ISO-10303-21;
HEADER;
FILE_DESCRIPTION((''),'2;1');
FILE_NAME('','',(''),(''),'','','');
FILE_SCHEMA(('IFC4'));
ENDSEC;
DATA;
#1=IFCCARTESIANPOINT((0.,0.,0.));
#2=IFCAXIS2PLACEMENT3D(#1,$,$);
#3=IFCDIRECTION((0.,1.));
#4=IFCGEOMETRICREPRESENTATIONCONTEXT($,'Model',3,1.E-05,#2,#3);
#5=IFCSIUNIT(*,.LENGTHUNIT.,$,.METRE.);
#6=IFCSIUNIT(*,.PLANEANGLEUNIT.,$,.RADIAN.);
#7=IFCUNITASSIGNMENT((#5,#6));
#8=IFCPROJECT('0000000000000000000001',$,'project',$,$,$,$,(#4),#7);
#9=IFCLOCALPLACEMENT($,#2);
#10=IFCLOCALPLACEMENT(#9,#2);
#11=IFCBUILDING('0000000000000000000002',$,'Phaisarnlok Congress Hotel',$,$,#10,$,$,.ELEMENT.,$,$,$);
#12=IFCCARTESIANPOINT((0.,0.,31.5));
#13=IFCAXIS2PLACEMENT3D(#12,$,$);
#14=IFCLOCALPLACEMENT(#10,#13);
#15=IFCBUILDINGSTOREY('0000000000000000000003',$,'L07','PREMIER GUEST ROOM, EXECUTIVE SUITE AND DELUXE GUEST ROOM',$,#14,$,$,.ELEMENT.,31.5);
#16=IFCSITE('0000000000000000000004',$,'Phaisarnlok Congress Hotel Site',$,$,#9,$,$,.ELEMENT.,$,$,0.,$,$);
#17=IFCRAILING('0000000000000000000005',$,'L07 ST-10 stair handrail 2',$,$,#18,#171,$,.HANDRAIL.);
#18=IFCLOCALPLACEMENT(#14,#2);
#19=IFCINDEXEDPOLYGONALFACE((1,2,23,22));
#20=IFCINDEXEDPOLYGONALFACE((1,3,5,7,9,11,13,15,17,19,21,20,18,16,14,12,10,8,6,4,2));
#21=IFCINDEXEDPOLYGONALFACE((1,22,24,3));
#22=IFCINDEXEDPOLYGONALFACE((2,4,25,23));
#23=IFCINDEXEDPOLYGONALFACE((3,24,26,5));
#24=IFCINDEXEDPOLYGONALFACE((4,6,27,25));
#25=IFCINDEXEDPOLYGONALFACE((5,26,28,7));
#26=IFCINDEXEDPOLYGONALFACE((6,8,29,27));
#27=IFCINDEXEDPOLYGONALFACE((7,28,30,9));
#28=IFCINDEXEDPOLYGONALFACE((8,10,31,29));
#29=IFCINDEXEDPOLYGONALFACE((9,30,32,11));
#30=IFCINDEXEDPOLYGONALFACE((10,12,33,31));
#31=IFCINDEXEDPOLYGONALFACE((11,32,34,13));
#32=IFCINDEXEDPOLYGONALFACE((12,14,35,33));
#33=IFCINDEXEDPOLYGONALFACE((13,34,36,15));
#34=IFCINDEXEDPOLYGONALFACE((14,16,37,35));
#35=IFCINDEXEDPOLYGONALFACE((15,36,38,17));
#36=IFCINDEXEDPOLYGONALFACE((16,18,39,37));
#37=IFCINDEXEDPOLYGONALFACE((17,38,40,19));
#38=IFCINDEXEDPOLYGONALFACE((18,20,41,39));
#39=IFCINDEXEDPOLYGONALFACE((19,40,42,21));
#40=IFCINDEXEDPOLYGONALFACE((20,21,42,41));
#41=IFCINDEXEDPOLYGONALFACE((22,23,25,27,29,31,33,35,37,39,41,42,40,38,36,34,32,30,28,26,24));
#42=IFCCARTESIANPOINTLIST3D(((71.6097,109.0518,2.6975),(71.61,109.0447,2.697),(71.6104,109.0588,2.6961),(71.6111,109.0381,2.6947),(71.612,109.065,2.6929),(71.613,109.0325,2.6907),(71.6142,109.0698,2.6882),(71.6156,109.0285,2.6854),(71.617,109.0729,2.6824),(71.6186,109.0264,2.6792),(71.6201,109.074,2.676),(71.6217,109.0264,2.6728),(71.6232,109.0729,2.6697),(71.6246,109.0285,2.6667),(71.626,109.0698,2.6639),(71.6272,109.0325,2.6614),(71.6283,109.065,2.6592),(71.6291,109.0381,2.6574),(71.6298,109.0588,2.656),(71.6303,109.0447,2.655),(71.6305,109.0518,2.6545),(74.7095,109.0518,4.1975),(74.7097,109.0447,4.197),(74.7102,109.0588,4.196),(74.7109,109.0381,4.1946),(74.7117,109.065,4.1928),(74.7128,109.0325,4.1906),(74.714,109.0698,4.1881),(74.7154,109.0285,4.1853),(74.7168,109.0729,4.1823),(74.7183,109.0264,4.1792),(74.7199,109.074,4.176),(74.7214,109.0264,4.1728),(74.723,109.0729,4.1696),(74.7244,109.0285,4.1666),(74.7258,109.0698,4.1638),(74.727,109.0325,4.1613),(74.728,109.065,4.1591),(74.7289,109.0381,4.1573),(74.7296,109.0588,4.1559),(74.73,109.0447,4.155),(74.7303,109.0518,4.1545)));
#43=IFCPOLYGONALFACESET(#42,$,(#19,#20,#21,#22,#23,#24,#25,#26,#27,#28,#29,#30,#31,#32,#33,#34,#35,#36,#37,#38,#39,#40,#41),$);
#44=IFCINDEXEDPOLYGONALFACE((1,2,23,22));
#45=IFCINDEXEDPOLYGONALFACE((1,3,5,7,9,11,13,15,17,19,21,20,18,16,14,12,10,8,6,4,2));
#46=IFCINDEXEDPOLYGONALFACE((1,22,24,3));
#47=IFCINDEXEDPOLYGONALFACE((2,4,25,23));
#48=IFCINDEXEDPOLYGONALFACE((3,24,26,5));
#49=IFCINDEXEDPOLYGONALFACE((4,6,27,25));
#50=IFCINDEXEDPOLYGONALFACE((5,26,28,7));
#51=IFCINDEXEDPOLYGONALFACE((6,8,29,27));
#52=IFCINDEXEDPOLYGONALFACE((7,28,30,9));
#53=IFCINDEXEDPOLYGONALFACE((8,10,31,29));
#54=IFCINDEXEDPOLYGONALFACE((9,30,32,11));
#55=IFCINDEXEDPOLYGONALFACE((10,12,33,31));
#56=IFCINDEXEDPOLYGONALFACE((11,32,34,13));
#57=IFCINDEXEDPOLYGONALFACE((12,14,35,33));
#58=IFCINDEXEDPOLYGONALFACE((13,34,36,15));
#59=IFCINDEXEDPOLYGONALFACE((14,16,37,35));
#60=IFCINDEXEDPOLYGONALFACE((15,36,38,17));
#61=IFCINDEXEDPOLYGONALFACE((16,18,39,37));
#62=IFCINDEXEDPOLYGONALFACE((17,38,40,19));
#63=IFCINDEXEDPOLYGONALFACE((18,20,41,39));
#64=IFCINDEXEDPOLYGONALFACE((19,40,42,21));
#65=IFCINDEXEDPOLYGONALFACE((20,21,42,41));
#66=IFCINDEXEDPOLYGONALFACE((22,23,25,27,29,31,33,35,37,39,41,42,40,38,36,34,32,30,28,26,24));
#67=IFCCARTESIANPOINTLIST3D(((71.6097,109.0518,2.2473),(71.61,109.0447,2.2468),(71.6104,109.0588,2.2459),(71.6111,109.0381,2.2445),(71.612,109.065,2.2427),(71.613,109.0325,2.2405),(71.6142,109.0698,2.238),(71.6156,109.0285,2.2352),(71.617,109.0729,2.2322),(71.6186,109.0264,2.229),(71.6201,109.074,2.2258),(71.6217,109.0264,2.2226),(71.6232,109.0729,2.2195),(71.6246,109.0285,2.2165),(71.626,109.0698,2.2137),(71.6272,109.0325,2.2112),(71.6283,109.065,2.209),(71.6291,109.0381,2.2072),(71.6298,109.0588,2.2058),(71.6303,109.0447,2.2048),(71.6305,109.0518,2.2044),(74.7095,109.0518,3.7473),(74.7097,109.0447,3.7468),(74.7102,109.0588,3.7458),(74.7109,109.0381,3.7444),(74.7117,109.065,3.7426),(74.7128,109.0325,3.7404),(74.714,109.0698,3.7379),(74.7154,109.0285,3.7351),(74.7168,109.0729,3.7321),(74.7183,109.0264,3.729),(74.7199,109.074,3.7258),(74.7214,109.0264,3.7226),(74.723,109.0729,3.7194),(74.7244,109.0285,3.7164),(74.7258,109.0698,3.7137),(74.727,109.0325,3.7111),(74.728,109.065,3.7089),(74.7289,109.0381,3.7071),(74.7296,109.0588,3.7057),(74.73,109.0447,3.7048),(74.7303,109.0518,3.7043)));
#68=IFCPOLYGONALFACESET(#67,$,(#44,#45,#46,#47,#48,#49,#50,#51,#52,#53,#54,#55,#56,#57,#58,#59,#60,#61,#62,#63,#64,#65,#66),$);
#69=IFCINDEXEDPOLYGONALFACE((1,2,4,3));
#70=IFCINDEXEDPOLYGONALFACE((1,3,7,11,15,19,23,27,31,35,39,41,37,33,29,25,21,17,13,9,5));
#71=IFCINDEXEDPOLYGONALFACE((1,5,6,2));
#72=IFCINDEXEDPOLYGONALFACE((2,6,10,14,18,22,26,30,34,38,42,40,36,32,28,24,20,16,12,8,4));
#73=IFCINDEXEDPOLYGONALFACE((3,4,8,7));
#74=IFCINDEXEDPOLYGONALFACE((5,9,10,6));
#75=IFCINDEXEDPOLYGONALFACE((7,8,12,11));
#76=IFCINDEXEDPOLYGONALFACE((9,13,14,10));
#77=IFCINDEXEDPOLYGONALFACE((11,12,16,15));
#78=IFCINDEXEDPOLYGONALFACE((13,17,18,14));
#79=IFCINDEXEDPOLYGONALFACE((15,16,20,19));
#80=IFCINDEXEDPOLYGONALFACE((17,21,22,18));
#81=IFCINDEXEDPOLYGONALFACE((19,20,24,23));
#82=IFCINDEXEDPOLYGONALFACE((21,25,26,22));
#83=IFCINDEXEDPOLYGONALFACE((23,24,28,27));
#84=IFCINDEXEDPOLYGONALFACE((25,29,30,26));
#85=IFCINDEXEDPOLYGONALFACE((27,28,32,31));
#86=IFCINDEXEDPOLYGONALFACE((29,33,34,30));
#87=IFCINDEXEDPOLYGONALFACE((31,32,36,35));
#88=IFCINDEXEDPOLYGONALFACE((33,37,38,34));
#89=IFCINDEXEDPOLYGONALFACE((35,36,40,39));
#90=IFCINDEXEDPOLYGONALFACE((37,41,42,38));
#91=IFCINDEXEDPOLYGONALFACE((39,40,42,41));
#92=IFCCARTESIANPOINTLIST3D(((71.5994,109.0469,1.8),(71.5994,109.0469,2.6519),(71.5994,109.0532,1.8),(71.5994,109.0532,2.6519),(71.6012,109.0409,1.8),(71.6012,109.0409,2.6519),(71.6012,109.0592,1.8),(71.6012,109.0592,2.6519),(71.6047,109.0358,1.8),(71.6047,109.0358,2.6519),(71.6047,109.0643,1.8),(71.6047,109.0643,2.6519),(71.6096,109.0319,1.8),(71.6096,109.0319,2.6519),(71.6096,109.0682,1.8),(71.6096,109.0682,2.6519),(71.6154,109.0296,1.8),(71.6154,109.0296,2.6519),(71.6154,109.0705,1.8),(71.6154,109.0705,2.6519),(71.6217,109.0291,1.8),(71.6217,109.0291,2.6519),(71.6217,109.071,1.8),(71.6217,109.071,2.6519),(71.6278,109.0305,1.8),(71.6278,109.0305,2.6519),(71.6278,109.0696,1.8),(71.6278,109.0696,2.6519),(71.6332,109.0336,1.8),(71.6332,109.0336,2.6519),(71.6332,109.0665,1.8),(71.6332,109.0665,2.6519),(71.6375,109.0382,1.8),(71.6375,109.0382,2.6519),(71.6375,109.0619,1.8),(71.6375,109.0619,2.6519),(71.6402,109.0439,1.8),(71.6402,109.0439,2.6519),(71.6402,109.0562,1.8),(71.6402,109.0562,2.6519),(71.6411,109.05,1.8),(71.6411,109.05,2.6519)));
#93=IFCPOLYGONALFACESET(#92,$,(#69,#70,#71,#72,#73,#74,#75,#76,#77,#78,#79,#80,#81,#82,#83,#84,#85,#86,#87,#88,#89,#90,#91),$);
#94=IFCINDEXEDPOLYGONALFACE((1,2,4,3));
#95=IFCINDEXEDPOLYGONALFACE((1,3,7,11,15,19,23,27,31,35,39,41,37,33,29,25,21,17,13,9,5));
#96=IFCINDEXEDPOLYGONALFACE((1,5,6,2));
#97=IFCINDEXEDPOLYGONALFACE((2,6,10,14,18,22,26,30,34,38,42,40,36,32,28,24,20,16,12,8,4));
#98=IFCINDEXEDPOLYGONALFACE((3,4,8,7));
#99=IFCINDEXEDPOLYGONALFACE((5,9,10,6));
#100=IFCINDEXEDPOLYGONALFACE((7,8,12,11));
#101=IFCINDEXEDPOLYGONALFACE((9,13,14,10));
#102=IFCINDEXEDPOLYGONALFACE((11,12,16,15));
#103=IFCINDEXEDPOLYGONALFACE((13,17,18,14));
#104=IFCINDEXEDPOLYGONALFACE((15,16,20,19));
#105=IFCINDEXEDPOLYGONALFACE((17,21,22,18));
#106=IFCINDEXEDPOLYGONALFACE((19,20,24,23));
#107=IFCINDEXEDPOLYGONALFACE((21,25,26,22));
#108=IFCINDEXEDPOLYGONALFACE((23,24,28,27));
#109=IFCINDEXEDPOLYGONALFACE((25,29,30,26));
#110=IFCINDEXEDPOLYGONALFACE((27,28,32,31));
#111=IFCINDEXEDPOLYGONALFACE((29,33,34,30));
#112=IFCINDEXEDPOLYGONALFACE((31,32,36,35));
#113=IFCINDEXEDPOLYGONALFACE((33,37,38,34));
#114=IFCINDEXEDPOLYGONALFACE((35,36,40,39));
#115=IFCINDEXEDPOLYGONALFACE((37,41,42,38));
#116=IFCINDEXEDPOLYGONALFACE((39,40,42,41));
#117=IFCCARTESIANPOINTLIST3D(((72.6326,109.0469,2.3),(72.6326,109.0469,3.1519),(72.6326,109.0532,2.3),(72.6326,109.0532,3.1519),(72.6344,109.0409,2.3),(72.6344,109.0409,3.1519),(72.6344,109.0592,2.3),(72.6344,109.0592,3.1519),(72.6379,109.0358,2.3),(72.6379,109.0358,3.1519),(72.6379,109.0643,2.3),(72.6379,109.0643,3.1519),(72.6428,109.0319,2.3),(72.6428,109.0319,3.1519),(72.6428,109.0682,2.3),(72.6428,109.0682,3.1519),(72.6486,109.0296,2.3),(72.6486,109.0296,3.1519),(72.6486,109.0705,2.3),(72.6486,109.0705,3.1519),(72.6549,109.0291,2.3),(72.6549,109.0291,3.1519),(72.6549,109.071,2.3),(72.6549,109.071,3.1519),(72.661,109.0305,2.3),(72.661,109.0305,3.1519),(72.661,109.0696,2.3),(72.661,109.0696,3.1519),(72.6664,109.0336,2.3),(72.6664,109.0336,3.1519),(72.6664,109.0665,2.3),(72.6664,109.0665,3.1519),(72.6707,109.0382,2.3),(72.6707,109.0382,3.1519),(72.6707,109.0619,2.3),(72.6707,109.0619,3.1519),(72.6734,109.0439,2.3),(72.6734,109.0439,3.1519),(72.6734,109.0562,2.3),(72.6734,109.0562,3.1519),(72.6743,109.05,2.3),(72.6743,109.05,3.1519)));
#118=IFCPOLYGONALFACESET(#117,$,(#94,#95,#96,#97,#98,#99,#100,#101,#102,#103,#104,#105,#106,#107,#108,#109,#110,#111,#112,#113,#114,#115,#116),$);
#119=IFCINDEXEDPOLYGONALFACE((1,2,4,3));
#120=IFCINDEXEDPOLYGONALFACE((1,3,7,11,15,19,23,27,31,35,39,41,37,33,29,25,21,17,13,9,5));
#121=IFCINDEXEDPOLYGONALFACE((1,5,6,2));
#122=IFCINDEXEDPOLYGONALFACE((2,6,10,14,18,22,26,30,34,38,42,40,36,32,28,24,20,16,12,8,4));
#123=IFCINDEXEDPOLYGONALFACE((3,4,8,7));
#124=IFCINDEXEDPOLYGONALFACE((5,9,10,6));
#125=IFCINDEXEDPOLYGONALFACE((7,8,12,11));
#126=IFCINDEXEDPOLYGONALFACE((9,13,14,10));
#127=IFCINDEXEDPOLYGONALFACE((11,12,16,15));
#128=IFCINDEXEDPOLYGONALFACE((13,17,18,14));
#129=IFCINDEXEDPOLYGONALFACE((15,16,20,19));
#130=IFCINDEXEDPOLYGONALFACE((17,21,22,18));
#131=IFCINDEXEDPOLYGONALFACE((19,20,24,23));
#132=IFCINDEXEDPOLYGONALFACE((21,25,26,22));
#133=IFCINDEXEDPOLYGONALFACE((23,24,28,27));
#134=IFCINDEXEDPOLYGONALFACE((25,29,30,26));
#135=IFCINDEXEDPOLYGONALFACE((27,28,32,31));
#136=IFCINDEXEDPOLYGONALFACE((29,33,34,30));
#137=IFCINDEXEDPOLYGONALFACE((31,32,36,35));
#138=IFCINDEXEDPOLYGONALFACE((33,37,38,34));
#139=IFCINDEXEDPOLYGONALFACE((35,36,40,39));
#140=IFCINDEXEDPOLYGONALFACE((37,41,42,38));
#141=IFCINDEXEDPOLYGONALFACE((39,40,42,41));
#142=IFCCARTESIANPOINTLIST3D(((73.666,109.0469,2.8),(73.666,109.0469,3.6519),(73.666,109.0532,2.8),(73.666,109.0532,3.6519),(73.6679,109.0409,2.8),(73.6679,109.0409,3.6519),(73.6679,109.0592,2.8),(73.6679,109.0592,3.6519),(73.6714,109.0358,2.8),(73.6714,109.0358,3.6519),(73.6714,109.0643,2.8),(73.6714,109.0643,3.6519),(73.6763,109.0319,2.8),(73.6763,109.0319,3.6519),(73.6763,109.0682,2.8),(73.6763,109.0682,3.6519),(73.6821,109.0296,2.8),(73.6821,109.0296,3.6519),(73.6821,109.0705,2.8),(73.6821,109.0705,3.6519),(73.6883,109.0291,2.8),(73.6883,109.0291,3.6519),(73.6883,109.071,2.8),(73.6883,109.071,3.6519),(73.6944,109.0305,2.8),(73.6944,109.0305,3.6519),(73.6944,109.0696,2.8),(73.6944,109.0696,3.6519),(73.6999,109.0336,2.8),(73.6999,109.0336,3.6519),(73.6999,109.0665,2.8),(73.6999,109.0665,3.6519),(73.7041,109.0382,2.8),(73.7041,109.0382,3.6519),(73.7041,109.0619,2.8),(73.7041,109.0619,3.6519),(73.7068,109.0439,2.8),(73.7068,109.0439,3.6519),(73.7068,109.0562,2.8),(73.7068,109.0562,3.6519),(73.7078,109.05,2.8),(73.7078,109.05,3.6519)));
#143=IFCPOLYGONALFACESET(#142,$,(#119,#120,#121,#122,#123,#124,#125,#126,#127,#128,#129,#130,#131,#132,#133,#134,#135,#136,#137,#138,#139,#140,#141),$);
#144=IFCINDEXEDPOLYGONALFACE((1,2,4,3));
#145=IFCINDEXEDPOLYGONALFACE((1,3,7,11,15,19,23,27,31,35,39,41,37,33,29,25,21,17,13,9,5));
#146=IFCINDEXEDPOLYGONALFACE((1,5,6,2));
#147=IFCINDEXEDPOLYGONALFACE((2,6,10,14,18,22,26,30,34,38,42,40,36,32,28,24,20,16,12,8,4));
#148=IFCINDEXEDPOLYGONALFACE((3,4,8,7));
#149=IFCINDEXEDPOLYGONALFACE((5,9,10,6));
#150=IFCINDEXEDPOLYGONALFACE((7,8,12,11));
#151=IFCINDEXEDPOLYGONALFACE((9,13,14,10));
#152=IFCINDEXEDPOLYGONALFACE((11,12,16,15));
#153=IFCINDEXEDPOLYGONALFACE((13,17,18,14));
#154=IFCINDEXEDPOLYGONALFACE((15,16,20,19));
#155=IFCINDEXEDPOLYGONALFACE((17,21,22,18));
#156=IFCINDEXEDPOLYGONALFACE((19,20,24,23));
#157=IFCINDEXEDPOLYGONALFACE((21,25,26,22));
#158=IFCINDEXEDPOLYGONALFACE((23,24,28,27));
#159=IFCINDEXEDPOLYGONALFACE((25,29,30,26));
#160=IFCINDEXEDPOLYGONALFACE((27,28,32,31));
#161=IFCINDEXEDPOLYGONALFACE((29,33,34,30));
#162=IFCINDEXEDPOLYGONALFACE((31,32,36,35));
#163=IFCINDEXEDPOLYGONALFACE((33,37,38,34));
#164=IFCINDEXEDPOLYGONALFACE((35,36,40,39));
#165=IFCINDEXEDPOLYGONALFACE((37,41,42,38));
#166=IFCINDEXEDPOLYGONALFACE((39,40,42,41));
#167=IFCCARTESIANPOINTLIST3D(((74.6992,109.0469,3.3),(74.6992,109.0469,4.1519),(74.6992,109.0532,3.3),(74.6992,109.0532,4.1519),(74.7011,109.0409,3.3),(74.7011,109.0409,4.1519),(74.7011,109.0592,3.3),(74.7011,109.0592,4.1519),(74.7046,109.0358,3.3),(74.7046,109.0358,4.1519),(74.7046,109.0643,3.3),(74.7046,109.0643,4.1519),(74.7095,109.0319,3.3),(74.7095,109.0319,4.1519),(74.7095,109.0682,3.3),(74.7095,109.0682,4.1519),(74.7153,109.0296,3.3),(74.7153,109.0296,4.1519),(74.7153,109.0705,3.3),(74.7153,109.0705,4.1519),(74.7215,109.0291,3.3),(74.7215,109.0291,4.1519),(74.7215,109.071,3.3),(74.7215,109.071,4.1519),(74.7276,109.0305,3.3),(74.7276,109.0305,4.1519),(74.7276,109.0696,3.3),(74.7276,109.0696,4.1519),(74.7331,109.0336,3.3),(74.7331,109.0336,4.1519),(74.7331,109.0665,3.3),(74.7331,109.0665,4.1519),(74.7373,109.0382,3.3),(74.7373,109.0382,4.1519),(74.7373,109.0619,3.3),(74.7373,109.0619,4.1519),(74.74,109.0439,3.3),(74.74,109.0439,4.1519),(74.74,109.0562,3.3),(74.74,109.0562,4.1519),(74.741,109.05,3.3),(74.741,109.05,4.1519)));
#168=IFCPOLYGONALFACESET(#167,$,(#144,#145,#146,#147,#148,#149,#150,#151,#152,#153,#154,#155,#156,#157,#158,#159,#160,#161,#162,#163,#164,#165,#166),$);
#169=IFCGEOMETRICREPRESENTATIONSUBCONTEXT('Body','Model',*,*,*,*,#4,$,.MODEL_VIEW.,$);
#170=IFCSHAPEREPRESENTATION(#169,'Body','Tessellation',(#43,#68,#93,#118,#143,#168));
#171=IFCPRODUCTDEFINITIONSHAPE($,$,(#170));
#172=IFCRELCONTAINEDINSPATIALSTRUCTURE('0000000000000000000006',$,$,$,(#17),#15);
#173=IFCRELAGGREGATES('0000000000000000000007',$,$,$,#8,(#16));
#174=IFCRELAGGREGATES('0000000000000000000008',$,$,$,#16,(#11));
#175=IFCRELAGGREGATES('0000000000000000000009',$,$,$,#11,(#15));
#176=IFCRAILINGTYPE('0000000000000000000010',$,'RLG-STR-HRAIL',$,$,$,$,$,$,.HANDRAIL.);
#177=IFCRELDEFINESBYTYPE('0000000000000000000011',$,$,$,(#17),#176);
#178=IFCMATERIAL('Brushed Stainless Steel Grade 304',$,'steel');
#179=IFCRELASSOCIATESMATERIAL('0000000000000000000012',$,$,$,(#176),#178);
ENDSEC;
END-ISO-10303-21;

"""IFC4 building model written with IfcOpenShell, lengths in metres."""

from ifc_helpers import new_model, si_unit, direction, frame, origin, origin_2d, place, context, subcontext, project, spatial, circle, extrude, material, type_object, element, save


model = new_model("IFC4")

# Units and contexts
model_context = context("Model", 3, precision=1e-05, world=origin(), true_north=direction((0.0, 1.0)))
body_context = subcontext(model_context, "Body", "Model", "MODEL_VIEW")
ifc_project = project(units=[si_unit("LENGTHUNIT", "METRE"), si_unit("PLANEANGLEUNIT", "RADIAN")], contexts=[model_context])

# Site, building, storey
site_placement = place(None, origin())
site = spatial("IfcSite", under=ifc_project, at=site_placement, Name="Phaisarnlok Congress Hotel Site", CompositionType="ELEMENT", RefElevation=0.0)
building_placement = place(site_placement, origin())
building = spatial("IfcBuilding", under=site, at=building_placement, Name="Phaisarnlok Congress Hotel", CompositionType="ELEMENT")
storey_placement = place(building_placement, frame((0.0, 0.0, 31.5)))
storey = spatial("IfcBuildingStorey", under=building, at=storey_placement, Name="L07", Description="PREMIER GUEST ROOM, EXECUTIVE SUITE AND DELUXE GUEST ROOM", CompositionType="ELEMENT", Elevation=31.5)

# Railing
ifc_material_1 = material(Name="Brushed Stainless Steel Grade 304", Category="steel")
railing_type = type_object("IfcRailingType", Name="RLG-STR-HRAIL", PredefinedType="HANDRAIL", material=ifc_material_1)
railing_placement = place(storey_placement, frame((71.6201, 109.05, 1.8)))
element("IfcRailing", 1, at=railing_placement, inside=storey, type_object=railing_type, Name="L07 ST-10 stair handrail 2", PredefinedType="HANDRAIL", context=body_context, shape_type="SweptSolid", body=[
    extrude(circle(Radius=0.0239, at=origin_2d()), frame((0.0, 0.0, 0.876), z_axis=(0.900151, 0.0, 0.435578), x_axis=(0.0, 1.0, 0.0)), (0.0, 0.0, 1.0), 3.4436),
    extrude(circle(Radius=0.0239, at=origin_2d()), frame((0.0, 0.0, 0.4258), z_axis=(0.900151, 0.0, 0.435578), x_axis=(0.0, 1.0, 0.0)), (0.0, 0.0, 1.0), 3.4436),
    extrude(circle(Radius=0.021, at=origin_2d()), origin(), (0.0, 0.0, 1.0), 0.8518),
    extrude(circle(Radius=0.021, at=origin_2d()), frame((1.0332, 0.0, 0.5)), (0.0, 0.0, 1.0), 0.8518),
    extrude(circle(Radius=0.021, at=origin_2d()), frame((2.0667, 0.0, 1.0)), (0.0, 0.0, 1.0), 0.8518),
    extrude(circle(Radius=0.021, at=origin_2d()), frame((3.0999, 0.0, 1.5)), (0.0, 0.0, 1.0), 0.8518),
])

save(model, "model.ifc")
